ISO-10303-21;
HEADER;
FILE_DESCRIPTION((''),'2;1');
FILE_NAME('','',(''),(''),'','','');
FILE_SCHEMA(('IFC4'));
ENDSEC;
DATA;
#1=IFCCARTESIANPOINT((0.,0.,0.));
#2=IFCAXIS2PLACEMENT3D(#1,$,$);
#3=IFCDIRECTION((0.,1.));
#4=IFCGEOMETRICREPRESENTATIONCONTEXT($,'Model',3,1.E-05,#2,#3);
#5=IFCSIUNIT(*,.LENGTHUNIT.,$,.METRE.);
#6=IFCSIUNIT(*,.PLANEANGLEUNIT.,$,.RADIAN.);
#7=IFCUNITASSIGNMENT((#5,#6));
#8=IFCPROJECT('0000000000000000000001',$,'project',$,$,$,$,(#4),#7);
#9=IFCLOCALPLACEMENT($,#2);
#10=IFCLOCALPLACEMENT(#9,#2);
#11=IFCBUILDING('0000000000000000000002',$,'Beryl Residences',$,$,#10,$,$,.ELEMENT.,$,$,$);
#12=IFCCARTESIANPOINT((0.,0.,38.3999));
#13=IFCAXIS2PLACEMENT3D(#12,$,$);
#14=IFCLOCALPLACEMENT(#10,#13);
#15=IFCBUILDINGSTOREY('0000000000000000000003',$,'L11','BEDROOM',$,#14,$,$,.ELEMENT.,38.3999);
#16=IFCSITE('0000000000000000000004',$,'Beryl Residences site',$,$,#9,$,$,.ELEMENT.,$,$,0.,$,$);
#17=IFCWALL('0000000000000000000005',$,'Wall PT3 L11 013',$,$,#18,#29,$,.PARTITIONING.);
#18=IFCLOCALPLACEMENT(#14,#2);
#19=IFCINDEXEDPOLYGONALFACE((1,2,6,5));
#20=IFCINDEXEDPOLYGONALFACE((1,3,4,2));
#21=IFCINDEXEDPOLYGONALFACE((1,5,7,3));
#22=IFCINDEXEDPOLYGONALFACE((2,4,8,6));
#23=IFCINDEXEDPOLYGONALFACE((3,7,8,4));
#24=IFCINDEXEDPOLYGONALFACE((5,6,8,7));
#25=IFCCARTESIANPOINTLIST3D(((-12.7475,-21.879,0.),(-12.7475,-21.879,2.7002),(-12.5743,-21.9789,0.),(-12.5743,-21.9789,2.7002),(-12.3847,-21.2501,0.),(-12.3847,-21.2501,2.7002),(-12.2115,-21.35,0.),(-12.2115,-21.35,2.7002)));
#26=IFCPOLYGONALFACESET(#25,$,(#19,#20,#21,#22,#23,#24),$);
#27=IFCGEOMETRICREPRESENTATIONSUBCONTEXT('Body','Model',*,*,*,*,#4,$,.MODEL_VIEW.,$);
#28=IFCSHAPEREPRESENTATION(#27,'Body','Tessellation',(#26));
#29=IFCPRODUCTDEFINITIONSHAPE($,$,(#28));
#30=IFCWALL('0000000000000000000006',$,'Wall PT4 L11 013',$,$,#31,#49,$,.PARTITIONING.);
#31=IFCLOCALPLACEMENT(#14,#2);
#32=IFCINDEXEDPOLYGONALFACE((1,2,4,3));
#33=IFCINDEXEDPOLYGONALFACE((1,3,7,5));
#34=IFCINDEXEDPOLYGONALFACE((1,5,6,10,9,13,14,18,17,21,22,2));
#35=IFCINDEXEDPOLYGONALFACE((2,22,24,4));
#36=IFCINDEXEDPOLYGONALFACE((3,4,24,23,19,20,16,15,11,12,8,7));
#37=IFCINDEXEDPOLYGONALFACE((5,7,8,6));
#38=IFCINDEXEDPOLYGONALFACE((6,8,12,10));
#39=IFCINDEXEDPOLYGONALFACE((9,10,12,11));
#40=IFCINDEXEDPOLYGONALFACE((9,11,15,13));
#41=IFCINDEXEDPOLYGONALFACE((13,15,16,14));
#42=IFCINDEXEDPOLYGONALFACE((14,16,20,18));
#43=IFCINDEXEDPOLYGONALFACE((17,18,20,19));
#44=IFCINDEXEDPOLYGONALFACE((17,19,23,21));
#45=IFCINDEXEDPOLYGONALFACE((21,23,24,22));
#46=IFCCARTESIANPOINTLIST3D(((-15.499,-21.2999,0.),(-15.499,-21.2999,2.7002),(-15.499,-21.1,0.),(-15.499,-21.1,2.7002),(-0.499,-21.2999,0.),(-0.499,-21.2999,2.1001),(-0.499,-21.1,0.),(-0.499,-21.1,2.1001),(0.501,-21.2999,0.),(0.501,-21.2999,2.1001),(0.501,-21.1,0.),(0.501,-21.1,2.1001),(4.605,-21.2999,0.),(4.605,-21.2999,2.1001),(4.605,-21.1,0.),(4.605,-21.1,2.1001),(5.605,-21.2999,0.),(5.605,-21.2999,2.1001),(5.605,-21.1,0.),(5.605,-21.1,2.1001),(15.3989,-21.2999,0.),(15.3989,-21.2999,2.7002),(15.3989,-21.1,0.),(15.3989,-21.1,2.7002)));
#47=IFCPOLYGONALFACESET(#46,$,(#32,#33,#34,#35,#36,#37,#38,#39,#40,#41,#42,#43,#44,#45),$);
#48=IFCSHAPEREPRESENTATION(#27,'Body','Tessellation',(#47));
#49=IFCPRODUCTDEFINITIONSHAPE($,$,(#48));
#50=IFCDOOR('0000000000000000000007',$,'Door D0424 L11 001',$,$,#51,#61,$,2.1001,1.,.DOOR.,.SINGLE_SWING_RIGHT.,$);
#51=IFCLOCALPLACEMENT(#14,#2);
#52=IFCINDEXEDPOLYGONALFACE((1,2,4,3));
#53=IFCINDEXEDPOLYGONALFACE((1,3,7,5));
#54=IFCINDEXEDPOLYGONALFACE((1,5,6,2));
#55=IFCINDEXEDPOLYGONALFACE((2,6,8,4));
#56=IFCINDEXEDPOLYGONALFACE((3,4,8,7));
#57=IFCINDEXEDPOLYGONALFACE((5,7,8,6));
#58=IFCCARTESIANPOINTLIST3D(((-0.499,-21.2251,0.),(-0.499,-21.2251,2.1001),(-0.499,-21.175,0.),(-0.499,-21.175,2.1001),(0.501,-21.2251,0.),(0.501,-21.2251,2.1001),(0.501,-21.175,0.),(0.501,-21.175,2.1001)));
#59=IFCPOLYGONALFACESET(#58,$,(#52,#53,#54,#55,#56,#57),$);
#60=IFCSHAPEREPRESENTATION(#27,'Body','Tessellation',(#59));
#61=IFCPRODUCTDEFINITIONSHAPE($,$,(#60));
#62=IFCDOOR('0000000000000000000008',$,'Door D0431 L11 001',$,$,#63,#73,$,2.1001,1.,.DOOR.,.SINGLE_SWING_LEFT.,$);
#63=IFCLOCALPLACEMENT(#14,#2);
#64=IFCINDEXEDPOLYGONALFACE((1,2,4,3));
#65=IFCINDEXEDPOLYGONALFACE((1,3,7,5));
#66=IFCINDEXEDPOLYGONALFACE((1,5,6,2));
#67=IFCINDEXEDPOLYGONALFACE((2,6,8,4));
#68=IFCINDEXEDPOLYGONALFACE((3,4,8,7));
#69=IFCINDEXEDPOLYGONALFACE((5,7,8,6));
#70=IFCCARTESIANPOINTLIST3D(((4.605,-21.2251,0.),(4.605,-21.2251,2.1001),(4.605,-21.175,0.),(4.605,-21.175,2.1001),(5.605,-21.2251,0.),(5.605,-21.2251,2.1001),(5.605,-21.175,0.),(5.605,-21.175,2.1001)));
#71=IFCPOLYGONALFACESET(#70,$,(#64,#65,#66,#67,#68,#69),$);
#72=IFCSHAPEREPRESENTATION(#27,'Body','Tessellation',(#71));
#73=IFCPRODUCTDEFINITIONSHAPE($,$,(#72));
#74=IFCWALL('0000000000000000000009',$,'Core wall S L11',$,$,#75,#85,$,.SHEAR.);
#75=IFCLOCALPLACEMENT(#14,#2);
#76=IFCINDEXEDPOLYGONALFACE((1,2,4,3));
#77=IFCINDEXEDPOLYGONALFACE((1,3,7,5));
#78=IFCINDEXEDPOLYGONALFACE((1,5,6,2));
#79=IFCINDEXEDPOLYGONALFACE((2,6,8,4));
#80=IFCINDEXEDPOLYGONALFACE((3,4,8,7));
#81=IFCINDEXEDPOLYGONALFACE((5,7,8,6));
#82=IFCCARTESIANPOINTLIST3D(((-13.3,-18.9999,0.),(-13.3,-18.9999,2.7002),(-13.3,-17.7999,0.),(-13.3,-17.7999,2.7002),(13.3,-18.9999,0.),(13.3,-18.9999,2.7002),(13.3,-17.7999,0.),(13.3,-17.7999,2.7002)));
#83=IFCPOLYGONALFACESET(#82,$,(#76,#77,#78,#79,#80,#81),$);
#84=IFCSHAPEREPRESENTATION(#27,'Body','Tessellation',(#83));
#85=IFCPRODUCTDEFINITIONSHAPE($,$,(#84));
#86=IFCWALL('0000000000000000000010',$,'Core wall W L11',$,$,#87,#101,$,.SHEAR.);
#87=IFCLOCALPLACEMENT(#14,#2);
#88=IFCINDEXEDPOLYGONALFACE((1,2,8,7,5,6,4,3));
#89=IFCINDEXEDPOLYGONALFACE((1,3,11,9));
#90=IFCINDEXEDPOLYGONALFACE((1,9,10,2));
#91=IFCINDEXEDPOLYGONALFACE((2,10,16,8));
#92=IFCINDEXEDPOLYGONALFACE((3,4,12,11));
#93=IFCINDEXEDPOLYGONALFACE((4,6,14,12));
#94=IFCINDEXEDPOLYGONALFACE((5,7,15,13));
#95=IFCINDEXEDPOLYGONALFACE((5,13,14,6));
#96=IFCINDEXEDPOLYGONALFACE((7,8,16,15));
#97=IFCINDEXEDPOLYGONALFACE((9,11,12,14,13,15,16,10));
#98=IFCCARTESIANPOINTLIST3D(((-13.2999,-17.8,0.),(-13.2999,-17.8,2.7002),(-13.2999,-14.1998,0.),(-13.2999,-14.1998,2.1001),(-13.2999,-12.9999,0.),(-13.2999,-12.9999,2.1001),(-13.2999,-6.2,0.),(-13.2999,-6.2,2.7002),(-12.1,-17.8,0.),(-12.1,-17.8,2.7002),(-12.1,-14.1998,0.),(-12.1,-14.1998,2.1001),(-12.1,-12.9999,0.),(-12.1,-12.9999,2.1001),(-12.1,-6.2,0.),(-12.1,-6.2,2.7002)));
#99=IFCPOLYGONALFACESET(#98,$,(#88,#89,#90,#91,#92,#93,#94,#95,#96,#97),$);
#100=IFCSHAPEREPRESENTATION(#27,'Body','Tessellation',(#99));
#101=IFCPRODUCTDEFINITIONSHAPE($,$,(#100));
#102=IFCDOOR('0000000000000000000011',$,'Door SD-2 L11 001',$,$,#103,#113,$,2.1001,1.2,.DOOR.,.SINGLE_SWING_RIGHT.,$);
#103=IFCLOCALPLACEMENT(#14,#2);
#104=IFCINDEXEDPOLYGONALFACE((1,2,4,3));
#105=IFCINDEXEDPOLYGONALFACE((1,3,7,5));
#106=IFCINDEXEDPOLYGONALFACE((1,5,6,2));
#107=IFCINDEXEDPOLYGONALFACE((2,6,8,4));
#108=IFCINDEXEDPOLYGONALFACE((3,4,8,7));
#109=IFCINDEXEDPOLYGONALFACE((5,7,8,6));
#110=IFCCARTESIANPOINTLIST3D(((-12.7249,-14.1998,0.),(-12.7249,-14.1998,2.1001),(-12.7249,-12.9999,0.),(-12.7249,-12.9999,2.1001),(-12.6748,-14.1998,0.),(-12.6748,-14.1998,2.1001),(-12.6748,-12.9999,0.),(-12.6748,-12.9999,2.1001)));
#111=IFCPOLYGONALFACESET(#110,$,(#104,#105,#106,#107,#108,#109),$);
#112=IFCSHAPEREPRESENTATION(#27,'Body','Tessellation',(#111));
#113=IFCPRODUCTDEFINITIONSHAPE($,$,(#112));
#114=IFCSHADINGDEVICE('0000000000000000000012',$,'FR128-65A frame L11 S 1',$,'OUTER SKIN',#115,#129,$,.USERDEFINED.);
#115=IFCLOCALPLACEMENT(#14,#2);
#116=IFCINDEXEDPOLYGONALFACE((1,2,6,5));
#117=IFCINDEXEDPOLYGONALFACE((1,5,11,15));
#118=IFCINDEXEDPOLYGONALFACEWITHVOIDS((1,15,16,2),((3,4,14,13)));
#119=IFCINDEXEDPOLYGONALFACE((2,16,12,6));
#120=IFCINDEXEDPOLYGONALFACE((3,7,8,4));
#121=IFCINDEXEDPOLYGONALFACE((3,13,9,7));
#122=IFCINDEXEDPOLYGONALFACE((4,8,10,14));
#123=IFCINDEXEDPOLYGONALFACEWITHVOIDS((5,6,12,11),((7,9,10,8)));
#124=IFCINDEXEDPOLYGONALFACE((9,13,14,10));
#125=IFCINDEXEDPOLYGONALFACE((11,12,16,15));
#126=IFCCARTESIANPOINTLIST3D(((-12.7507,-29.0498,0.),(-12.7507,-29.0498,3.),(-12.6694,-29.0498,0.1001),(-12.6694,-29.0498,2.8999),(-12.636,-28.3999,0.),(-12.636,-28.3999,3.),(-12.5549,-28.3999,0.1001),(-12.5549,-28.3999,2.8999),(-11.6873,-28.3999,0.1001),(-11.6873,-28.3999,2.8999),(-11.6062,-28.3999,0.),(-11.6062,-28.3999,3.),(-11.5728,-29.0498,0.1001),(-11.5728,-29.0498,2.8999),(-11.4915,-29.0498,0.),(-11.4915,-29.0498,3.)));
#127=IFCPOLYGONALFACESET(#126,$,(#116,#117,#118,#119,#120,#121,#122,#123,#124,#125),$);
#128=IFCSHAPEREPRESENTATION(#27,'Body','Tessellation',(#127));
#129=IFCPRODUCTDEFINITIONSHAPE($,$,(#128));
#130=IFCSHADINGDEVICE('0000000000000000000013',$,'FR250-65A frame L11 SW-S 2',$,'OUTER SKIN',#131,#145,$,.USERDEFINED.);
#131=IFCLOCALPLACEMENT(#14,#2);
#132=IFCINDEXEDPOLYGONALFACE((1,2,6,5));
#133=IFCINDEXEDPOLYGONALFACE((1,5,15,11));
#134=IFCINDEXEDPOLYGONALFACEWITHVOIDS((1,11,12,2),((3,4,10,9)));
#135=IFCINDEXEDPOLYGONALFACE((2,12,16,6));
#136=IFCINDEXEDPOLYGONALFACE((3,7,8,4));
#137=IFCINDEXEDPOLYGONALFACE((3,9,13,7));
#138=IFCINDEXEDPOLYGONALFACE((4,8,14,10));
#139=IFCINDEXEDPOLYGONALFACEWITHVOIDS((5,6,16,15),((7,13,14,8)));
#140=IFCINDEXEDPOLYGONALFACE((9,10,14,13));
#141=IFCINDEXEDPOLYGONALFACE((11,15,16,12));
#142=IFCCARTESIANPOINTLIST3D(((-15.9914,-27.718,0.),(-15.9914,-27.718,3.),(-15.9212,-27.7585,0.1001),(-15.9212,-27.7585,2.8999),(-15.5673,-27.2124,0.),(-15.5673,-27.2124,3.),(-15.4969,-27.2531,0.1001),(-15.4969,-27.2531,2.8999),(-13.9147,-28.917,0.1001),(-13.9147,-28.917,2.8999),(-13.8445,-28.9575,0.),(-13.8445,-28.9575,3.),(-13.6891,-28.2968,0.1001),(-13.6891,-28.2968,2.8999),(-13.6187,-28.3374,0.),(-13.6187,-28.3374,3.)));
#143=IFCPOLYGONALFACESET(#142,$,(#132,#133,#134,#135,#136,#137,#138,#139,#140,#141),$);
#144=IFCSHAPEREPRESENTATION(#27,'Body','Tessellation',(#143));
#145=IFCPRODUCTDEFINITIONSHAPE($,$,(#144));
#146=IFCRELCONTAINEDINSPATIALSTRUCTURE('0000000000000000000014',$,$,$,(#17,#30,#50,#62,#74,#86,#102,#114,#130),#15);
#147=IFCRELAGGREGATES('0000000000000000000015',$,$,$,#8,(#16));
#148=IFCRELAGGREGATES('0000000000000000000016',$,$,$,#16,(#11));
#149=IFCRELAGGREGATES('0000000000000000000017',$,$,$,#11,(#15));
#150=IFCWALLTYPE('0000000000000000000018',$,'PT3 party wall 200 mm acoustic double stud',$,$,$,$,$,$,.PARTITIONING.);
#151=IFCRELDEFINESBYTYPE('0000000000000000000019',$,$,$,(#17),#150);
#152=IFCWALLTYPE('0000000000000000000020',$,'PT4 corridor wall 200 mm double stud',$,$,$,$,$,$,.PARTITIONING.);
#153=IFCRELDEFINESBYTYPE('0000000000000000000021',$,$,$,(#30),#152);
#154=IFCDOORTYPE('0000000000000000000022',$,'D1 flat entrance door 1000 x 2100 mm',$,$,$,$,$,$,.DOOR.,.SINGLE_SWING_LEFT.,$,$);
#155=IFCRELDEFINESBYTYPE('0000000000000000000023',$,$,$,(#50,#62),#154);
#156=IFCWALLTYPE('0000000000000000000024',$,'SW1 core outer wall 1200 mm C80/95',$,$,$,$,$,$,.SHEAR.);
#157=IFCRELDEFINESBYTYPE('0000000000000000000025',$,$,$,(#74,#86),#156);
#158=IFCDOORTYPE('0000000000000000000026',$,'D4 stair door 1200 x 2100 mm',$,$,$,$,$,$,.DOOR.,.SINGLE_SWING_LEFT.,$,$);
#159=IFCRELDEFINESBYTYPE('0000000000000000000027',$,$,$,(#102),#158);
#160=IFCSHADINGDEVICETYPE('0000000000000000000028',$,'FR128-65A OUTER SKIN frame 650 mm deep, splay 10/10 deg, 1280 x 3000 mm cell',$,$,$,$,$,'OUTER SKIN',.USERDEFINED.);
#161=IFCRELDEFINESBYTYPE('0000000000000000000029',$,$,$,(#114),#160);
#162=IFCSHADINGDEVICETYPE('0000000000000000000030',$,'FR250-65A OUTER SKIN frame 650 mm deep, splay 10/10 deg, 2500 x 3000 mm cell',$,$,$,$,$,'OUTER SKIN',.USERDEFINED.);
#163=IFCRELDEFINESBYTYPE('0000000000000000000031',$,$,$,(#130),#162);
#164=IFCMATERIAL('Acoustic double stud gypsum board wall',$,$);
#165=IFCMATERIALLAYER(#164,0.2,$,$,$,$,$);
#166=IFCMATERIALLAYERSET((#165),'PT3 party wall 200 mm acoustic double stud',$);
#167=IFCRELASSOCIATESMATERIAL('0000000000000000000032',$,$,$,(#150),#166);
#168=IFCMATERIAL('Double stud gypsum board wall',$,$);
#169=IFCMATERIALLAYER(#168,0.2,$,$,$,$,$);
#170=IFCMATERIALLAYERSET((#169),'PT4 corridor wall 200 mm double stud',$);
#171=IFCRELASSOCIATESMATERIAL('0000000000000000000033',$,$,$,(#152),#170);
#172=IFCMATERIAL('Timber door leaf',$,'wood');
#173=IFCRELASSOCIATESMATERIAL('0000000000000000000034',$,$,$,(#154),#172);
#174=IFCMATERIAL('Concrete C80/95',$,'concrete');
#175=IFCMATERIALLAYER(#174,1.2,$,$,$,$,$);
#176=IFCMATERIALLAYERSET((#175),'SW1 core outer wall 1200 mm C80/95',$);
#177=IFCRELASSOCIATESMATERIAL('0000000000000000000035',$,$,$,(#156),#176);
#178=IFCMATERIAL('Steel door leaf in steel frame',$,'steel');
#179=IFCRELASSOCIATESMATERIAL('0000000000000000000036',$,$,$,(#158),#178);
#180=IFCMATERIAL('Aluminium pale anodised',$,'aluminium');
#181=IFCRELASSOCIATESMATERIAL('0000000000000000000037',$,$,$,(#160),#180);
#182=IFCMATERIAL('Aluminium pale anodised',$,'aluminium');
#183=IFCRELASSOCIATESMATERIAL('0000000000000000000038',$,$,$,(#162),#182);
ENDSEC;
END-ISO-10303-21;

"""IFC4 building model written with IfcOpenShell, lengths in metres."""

from ifc_helpers import new_model, entity, si_unit, direction, frame, frame_2d, origin, place, context, subcontext, project, spatial, rectangle, extrude, source, transform, mapped, material, layer, layer_set, type_object, type_shapes, element, fill, save


model = new_model("IFC4")

# Units and contexts
model_context = context("Model", 3, precision=1e-05, world=origin(), true_north=direction((0.0, 1.0)))
body_context = subcontext(model_context, "Body", "Model", "MODEL_VIEW")
ifc_project = project(units=[si_unit("LENGTHUNIT", "METRE"), si_unit("PLANEANGLEUNIT", "RADIAN")], contexts=[model_context])

# Site, building, storey
site_placement = place(None, origin())
site = spatial("IfcSite", under=ifc_project, at=site_placement, Name="Beryl Residences site", CompositionType="ELEMENT", RefElevation=0.0)
building_placement = place(site_placement, origin())
building = spatial("IfcBuilding", under=site, at=building_placement, Name="Beryl Residences", CompositionType="ELEMENT")
storey_placement = place(building_placement, frame((0.0, 0.0, 38.3999)))
storey = spatial("IfcBuildingStorey", under=building, at=storey_placement, Name="L11", Description="BEDROOM", CompositionType="ELEMENT", Elevation=38.3999)

# Wall
ifc_material_1 = material(Name="Acoustic double stud gypsum board wall")
ifc_layer_1 = layer(ifc_material_1, 0.2)
ifc_layer_set_1 = layer_set([ifc_layer_1], Name="PT3 party wall 200 mm acoustic double stud")
wall_type_1 = type_object("IfcWallType", Name="PT3 party wall 200 mm acoustic double stud", PredefinedType="PARTITIONING", material=ifc_layer_set_1)
wall_1_placement = place(storey_placement, frame((-12.6609, -21.929, 0.0), z_axis=(0.0, 0.0, 1.0), x_axis=(0.499684, 0.866208, 0.0)))
element("IfcWall", 1, at=wall_1_placement, inside=storey, type_object=wall_type_1, Name="Wall PT3 L11 013", PredefinedType="PARTITIONING", context=body_context, shape_type="SweptSolid", body=[
    extrude(rectangle(XDim=0.7261, YDim=0.2, at=frame_2d((0.363, 0.0))), origin(), (0.0, 0.0, 1.0), 2.7002),
])

# Wall, openings, doors
ifc_material_2 = material(Name="Double stud gypsum board wall")
ifc_layer_2 = layer(ifc_material_2, 0.2)
ifc_layer_set_2 = layer_set([ifc_layer_2], Name="PT4 corridor wall 200 mm double stud")
wall_type_2 = type_object("IfcWallType", Name="PT4 corridor wall 200 mm double stud", PredefinedType="PARTITIONING", material=ifc_layer_set_2)
wall_2_placement = place(storey_placement, frame((-15.499, -21.2, 0.0), z_axis=(0.0, 0.0, 1.0), x_axis=(1.0, 0.0, 0.0)))
wall_2 = element("IfcWall", 2, at=wall_2_placement, inside=storey, type_object=wall_type_2, Name="Wall PT4 L11 013", PredefinedType="PARTITIONING", context=body_context, shape_type="SweptSolid", body=[
    extrude(rectangle(XDim=30.8979, YDim=0.2, at=frame_2d((15.449, 0.0))), origin(), (0.0, 0.0, 1.0), 2.7002),
])
opening_1_placement = place(wall_2_placement, frame((15.0, 0.0, 0.0)))
opening_1 = element("IfcOpeningElement", 3, at=opening_1_placement, cuts=wall_2, PredefinedType="OPENING", context=body_context, shape_type="SweptSolid", body=[
    extrude(rectangle(XDim=1.0, YDim=2.1001, at=frame_2d((0.5, 1.05))), frame((0.0, 0.1099, 0.0), z_axis=(0.0, -1.0, 0.0), x_axis=(1.0, 0.0, 0.0)), (0.0, 0.0, 1.0), 0.22),
])
opening_2_placement = place(wall_2_placement, frame((20.104, 0.0, 0.0)))
opening_2 = element("IfcOpeningElement", 4, at=opening_2_placement, cuts=wall_2, PredefinedType="OPENING", context=body_context, shape_type="SweptSolid", body=[
    extrude(rectangle(XDim=1.0, YDim=2.1001, at=frame_2d((0.5, 1.05))), frame((0.0, 0.1099, 0.0), z_axis=(0.0, -1.0, 0.0), x_axis=(1.0, 0.0, 0.0)), (0.0, 0.0, 1.0), 0.22),
])
ifc_material_3 = material(Name="Timber door leaf", Category="wood")
door_type_1 = type_object("IfcDoorType", Name="D1 flat entrance door 1000 x 2100 mm", OperationType="SINGLE_SWING_LEFT", PredefinedType="DOOR", material=ifc_material_3)
door_1_placement = place(opening_1_placement, origin())
door_1 = element("IfcDoor", 5, at=door_1_placement, inside=storey, type_object=door_type_1, Name="Door D0424 L11 001", OperationType="SINGLE_SWING_RIGHT", OverallHeight=2.1001, OverallWidth=1.0, PredefinedType="DOOR", context=body_context, shape_type="SweptSolid", body=[
    extrude(rectangle(XDim=1.0, YDim=2.1001, at=frame_2d((0.5, 1.05))), frame((0.0, 0.0249, 0.0), z_axis=(0.0, -1.0, 0.0), x_axis=(1.0, 0.0, 0.0)), (0.0, 0.0, 1.0), 0.05),
])
fill(opening_1, door_1)
door_2_placement = place(opening_2_placement, origin())
door_2 = element("IfcDoor", 6, at=door_2_placement, inside=storey, type_object=door_type_1, Name="Door D0431 L11 001", OperationType="SINGLE_SWING_LEFT", OverallHeight=2.1001, OverallWidth=1.0, PredefinedType="DOOR", context=body_context, shape_type="SweptSolid", body=[
    extrude(rectangle(XDim=1.0, YDim=2.1001, at=frame_2d((0.5, 1.05))), frame((0.0, 0.0249, 0.0), z_axis=(0.0, -1.0, 0.0), x_axis=(1.0, 0.0, 0.0)), (0.0, 0.0, 1.0), 0.05),
])
fill(opening_2, door_2)

# Wall
ifc_material_4 = material(Name="Concrete C80/95", Category="concrete")
ifc_layer_3 = layer(ifc_material_4, 1.2)
ifc_layer_set_3 = layer_set([ifc_layer_3], Name="SW1 core outer wall 1200 mm C80/95")
wall_type_3 = type_object("IfcWallType", Name="SW1 core outer wall 1200 mm C80/95", PredefinedType="SHEAR", material=ifc_layer_set_3)
wall_3_placement = place(storey_placement, frame((-13.3, -18.3999, 0.0), z_axis=(0.0, 0.0, 1.0), x_axis=(1.0, 0.0, 0.0)))
element("IfcWall", 7, at=wall_3_placement, inside=storey, type_object=wall_type_3, Name="Core wall S L11", PredefinedType="SHEAR", context=body_context, shape_type="SweptSolid", body=[
    extrude(rectangle(XDim=26.6001, YDim=1.2, at=frame_2d((13.3, 0.0))), origin(), (0.0, 0.0, 1.0), 2.7002),
])

# Wall, opening, door
wall_4_placement = place(storey_placement, frame((-12.7, -17.8, 0.0), z_axis=(0.0, 0.0, 1.0), x_axis=(0.0, 1.0, 0.0)))
wall_4 = element("IfcWall", 8, at=wall_4_placement, inside=storey, type_object=wall_type_3, Name="Core wall W L11", PredefinedType="SHEAR", context=body_context, shape_type="SweptSolid", body=[
    extrude(rectangle(XDim=11.6001, YDim=1.2, at=frame_2d((5.8, 0.0))), origin(), (0.0, 0.0, 1.0), 2.7002),
])
opening_3_placement = place(wall_4_placement, frame((3.6001, 0.0, 0.0)))
opening_3 = element("IfcOpeningElement", 9, at=opening_3_placement, cuts=wall_4, PredefinedType="OPENING", context=body_context, shape_type="SweptSolid", body=[
    extrude(rectangle(XDim=1.2, YDim=2.1001, at=frame_2d((0.6001, 1.05))), frame((0.0, 0.6099, 0.0), z_axis=(0.0, -1.0, 0.0), x_axis=(1.0, 0.0, 0.0)), (0.0, 0.0, 1.0), 1.22),
])
ifc_material_5 = material(Name="Steel door leaf in steel frame", Category="steel")
door_type_2 = type_object("IfcDoorType", Name="D4 stair door 1200 x 2100 mm", OperationType="SINGLE_SWING_LEFT", PredefinedType="DOOR", material=ifc_material_5)
door_3_placement = place(opening_3_placement, origin())
door_3 = element("IfcDoor", 10, at=door_3_placement, inside=storey, type_object=door_type_2, Name="Door SD-2 L11 001", OperationType="SINGLE_SWING_RIGHT", OverallHeight=2.1001, OverallWidth=1.2, PredefinedType="DOOR", context=body_context, shape_type="SweptSolid", body=[
    extrude(rectangle(XDim=1.2, YDim=2.1001, at=frame_2d((0.6001, 1.05))), frame((0.0, 0.0249, 0.0), z_axis=(0.0, -1.0, 0.0), x_axis=(1.0, 0.0, 0.0)), (0.0, 0.0, 1.0), 0.05),
])
fill(opening_3, door_3)

# Shading devices
ifc_material_6 = material(Name="Aluminium pale anodised", Category="aluminium")
shading_device_type_1 = type_object("IfcShadingDeviceType", Name="FR128-65A OUTER SKIN frame 650 mm deep, splay 10/10 deg, 1280 x 3000 mm cell", ElementType="OUTER SKIN", PredefinedType="USERDEFINED", material=ifc_material_6)
cartesian_point_1 = entity("IfcCartesianPoint", [-0.5149, 0.0])
cartesian_point_2 = entity("IfcCartesianPoint", [-0.4338, 0.1001])
cartesian_point_3 = entity("IfcCartesianPoint", [-0.6296, 0.0])
cartesian_point_4 = entity("IfcCartesianPoint", [-0.5483, 0.1001])
shared_shape_1 = source(origin(), body_context, "Body", "SweptSolid", [
    entity("IfcExtrudedAreaSolidTapered", entity("IfcArbitraryProfileDefWithVoids", "AREA", None, entity("IfcPolyline", [cartesian_point_1, entity("IfcCartesianPoint", [0.5149, 0.0]), entity("IfcCartesianPoint", [0.5149, 3.0]), entity("IfcCartesianPoint", [-0.5149, 3.0]), cartesian_point_1]), [entity("IfcPolyline", [cartesian_point_2, entity("IfcCartesianPoint", [0.4338, 0.1001]), entity("IfcCartesianPoint", [0.4338, 2.8999]), entity("IfcCartesianPoint", [-0.4338, 2.8999]), cartesian_point_2])]), entity("IfcAxis2Placement3D", entity("IfcCartesianPoint", [0.0, 0.0, 0.0]), entity("IfcDirection", [0.0, 1.0, 0.0]), entity("IfcDirection", [-1.0, 0.0, 0.0])), entity("IfcDirection", [0.0, 0.0, 1.0]), 0.6499, entity("IfcArbitraryProfileDefWithVoids", "AREA", None, entity("IfcPolyline", [cartesian_point_3, entity("IfcCartesianPoint", [0.6296, 0.0]), entity("IfcCartesianPoint", [0.6296, 3.0]), entity("IfcCartesianPoint", [-0.6296, 3.0]), cartesian_point_3]), [entity("IfcPolyline", [cartesian_point_4, entity("IfcCartesianPoint", [0.5483, 0.1001]), entity("IfcCartesianPoint", [0.5483, 2.8999]), entity("IfcCartesianPoint", [-0.5483, 2.8999]), cartesian_point_4])])),
])
type_shapes(shading_device_type_1, [shared_shape_1])
shading_device_1_placement = place(storey_placement, frame((-12.1211, -28.3999, 0.0), z_axis=(0.0, 0.0, 1.0), x_axis=(-1.0, 0.0, 0.0)))
element("IfcShadingDevice", 11, at=shading_device_1_placement, inside=storey, type_object=shading_device_type_1, Name="FR128-65A frame L11 S 1", ObjectType="OUTER SKIN", PredefinedType="USERDEFINED", context=body_context, shape_type="MappedRepresentation", body=[
    mapped(shared_shape_1, transform((0.0, 0.0, 0.0))),
])
ifc_material_7 = material(Name="Aluminium pale anodised", Category="aluminium")
shading_device_type_2 = type_object("IfcShadingDeviceType", Name="FR250-65A OUTER SKIN frame 650 mm deep, splay 10/10 deg, 2500 x 3000 mm cell", ElementType="OUTER SKIN", PredefinedType="USERDEFINED", material=ifc_material_7)
cartesian_point_5 = entity("IfcCartesianPoint", [-1.125, 0.0])
cartesian_point_6 = entity("IfcCartesianPoint", [-1.0437, 0.1001])
cartesian_point_7 = entity("IfcCartesianPoint", [-1.2395, 0.0])
cartesian_point_8 = entity("IfcCartesianPoint", [-1.1584, 0.1001])
shared_shape_2 = source(origin(), body_context, "Body", "SweptSolid", [
    entity("IfcExtrudedAreaSolidTapered", entity("IfcArbitraryProfileDefWithVoids", "AREA", None, entity("IfcPolyline", [cartesian_point_5, entity("IfcCartesianPoint", [1.125, 0.0]), entity("IfcCartesianPoint", [1.125, 3.0]), entity("IfcCartesianPoint", [-1.125, 3.0]), cartesian_point_5]), [entity("IfcPolyline", [cartesian_point_6, entity("IfcCartesianPoint", [1.0437, 0.1001]), entity("IfcCartesianPoint", [1.0437, 2.8999]), entity("IfcCartesianPoint", [-1.0437, 2.8999]), cartesian_point_6])]), entity("IfcAxis2Placement3D", entity("IfcCartesianPoint", [0.0, 0.0, 0.0]), entity("IfcDirection", [0.0, 1.0, 0.0]), entity("IfcDirection", [-1.0, 0.0, 0.0])), entity("IfcDirection", [0.0, 0.0, 1.0]), 0.6499, entity("IfcArbitraryProfileDefWithVoids", "AREA", None, entity("IfcPolyline", [cartesian_point_7, entity("IfcCartesianPoint", [1.2395, 0.0]), entity("IfcCartesianPoint", [1.2395, 3.0]), entity("IfcCartesianPoint", [-1.2395, 3.0]), cartesian_point_7]), [entity("IfcPolyline", [cartesian_point_8, entity("IfcCartesianPoint", [1.1584, 0.1001]), entity("IfcCartesianPoint", [1.1584, 2.8999]), entity("IfcCartesianPoint", [-1.1584, 2.8999]), cartesian_point_8])])),
])
type_shapes(shading_device_type_2, [shared_shape_2])
shading_device_2_placement = place(storey_placement, frame((-14.593, -27.7749, 0.0), z_axis=(0.0, 0.0, 1.0), x_axis=(-0.866025, 0.5, 0.0)))
element("IfcShadingDevice", 12, at=shading_device_2_placement, inside=storey, type_object=shading_device_type_2, Name="FR250-65A frame L11 SW-S 2", ObjectType="OUTER SKIN", PredefinedType="USERDEFINED", context=body_context, shape_type="MappedRepresentation", body=[
    mapped(shared_shape_2, transform((0.0, 0.0, 0.0))),
])

save(model, "model.ifc")
